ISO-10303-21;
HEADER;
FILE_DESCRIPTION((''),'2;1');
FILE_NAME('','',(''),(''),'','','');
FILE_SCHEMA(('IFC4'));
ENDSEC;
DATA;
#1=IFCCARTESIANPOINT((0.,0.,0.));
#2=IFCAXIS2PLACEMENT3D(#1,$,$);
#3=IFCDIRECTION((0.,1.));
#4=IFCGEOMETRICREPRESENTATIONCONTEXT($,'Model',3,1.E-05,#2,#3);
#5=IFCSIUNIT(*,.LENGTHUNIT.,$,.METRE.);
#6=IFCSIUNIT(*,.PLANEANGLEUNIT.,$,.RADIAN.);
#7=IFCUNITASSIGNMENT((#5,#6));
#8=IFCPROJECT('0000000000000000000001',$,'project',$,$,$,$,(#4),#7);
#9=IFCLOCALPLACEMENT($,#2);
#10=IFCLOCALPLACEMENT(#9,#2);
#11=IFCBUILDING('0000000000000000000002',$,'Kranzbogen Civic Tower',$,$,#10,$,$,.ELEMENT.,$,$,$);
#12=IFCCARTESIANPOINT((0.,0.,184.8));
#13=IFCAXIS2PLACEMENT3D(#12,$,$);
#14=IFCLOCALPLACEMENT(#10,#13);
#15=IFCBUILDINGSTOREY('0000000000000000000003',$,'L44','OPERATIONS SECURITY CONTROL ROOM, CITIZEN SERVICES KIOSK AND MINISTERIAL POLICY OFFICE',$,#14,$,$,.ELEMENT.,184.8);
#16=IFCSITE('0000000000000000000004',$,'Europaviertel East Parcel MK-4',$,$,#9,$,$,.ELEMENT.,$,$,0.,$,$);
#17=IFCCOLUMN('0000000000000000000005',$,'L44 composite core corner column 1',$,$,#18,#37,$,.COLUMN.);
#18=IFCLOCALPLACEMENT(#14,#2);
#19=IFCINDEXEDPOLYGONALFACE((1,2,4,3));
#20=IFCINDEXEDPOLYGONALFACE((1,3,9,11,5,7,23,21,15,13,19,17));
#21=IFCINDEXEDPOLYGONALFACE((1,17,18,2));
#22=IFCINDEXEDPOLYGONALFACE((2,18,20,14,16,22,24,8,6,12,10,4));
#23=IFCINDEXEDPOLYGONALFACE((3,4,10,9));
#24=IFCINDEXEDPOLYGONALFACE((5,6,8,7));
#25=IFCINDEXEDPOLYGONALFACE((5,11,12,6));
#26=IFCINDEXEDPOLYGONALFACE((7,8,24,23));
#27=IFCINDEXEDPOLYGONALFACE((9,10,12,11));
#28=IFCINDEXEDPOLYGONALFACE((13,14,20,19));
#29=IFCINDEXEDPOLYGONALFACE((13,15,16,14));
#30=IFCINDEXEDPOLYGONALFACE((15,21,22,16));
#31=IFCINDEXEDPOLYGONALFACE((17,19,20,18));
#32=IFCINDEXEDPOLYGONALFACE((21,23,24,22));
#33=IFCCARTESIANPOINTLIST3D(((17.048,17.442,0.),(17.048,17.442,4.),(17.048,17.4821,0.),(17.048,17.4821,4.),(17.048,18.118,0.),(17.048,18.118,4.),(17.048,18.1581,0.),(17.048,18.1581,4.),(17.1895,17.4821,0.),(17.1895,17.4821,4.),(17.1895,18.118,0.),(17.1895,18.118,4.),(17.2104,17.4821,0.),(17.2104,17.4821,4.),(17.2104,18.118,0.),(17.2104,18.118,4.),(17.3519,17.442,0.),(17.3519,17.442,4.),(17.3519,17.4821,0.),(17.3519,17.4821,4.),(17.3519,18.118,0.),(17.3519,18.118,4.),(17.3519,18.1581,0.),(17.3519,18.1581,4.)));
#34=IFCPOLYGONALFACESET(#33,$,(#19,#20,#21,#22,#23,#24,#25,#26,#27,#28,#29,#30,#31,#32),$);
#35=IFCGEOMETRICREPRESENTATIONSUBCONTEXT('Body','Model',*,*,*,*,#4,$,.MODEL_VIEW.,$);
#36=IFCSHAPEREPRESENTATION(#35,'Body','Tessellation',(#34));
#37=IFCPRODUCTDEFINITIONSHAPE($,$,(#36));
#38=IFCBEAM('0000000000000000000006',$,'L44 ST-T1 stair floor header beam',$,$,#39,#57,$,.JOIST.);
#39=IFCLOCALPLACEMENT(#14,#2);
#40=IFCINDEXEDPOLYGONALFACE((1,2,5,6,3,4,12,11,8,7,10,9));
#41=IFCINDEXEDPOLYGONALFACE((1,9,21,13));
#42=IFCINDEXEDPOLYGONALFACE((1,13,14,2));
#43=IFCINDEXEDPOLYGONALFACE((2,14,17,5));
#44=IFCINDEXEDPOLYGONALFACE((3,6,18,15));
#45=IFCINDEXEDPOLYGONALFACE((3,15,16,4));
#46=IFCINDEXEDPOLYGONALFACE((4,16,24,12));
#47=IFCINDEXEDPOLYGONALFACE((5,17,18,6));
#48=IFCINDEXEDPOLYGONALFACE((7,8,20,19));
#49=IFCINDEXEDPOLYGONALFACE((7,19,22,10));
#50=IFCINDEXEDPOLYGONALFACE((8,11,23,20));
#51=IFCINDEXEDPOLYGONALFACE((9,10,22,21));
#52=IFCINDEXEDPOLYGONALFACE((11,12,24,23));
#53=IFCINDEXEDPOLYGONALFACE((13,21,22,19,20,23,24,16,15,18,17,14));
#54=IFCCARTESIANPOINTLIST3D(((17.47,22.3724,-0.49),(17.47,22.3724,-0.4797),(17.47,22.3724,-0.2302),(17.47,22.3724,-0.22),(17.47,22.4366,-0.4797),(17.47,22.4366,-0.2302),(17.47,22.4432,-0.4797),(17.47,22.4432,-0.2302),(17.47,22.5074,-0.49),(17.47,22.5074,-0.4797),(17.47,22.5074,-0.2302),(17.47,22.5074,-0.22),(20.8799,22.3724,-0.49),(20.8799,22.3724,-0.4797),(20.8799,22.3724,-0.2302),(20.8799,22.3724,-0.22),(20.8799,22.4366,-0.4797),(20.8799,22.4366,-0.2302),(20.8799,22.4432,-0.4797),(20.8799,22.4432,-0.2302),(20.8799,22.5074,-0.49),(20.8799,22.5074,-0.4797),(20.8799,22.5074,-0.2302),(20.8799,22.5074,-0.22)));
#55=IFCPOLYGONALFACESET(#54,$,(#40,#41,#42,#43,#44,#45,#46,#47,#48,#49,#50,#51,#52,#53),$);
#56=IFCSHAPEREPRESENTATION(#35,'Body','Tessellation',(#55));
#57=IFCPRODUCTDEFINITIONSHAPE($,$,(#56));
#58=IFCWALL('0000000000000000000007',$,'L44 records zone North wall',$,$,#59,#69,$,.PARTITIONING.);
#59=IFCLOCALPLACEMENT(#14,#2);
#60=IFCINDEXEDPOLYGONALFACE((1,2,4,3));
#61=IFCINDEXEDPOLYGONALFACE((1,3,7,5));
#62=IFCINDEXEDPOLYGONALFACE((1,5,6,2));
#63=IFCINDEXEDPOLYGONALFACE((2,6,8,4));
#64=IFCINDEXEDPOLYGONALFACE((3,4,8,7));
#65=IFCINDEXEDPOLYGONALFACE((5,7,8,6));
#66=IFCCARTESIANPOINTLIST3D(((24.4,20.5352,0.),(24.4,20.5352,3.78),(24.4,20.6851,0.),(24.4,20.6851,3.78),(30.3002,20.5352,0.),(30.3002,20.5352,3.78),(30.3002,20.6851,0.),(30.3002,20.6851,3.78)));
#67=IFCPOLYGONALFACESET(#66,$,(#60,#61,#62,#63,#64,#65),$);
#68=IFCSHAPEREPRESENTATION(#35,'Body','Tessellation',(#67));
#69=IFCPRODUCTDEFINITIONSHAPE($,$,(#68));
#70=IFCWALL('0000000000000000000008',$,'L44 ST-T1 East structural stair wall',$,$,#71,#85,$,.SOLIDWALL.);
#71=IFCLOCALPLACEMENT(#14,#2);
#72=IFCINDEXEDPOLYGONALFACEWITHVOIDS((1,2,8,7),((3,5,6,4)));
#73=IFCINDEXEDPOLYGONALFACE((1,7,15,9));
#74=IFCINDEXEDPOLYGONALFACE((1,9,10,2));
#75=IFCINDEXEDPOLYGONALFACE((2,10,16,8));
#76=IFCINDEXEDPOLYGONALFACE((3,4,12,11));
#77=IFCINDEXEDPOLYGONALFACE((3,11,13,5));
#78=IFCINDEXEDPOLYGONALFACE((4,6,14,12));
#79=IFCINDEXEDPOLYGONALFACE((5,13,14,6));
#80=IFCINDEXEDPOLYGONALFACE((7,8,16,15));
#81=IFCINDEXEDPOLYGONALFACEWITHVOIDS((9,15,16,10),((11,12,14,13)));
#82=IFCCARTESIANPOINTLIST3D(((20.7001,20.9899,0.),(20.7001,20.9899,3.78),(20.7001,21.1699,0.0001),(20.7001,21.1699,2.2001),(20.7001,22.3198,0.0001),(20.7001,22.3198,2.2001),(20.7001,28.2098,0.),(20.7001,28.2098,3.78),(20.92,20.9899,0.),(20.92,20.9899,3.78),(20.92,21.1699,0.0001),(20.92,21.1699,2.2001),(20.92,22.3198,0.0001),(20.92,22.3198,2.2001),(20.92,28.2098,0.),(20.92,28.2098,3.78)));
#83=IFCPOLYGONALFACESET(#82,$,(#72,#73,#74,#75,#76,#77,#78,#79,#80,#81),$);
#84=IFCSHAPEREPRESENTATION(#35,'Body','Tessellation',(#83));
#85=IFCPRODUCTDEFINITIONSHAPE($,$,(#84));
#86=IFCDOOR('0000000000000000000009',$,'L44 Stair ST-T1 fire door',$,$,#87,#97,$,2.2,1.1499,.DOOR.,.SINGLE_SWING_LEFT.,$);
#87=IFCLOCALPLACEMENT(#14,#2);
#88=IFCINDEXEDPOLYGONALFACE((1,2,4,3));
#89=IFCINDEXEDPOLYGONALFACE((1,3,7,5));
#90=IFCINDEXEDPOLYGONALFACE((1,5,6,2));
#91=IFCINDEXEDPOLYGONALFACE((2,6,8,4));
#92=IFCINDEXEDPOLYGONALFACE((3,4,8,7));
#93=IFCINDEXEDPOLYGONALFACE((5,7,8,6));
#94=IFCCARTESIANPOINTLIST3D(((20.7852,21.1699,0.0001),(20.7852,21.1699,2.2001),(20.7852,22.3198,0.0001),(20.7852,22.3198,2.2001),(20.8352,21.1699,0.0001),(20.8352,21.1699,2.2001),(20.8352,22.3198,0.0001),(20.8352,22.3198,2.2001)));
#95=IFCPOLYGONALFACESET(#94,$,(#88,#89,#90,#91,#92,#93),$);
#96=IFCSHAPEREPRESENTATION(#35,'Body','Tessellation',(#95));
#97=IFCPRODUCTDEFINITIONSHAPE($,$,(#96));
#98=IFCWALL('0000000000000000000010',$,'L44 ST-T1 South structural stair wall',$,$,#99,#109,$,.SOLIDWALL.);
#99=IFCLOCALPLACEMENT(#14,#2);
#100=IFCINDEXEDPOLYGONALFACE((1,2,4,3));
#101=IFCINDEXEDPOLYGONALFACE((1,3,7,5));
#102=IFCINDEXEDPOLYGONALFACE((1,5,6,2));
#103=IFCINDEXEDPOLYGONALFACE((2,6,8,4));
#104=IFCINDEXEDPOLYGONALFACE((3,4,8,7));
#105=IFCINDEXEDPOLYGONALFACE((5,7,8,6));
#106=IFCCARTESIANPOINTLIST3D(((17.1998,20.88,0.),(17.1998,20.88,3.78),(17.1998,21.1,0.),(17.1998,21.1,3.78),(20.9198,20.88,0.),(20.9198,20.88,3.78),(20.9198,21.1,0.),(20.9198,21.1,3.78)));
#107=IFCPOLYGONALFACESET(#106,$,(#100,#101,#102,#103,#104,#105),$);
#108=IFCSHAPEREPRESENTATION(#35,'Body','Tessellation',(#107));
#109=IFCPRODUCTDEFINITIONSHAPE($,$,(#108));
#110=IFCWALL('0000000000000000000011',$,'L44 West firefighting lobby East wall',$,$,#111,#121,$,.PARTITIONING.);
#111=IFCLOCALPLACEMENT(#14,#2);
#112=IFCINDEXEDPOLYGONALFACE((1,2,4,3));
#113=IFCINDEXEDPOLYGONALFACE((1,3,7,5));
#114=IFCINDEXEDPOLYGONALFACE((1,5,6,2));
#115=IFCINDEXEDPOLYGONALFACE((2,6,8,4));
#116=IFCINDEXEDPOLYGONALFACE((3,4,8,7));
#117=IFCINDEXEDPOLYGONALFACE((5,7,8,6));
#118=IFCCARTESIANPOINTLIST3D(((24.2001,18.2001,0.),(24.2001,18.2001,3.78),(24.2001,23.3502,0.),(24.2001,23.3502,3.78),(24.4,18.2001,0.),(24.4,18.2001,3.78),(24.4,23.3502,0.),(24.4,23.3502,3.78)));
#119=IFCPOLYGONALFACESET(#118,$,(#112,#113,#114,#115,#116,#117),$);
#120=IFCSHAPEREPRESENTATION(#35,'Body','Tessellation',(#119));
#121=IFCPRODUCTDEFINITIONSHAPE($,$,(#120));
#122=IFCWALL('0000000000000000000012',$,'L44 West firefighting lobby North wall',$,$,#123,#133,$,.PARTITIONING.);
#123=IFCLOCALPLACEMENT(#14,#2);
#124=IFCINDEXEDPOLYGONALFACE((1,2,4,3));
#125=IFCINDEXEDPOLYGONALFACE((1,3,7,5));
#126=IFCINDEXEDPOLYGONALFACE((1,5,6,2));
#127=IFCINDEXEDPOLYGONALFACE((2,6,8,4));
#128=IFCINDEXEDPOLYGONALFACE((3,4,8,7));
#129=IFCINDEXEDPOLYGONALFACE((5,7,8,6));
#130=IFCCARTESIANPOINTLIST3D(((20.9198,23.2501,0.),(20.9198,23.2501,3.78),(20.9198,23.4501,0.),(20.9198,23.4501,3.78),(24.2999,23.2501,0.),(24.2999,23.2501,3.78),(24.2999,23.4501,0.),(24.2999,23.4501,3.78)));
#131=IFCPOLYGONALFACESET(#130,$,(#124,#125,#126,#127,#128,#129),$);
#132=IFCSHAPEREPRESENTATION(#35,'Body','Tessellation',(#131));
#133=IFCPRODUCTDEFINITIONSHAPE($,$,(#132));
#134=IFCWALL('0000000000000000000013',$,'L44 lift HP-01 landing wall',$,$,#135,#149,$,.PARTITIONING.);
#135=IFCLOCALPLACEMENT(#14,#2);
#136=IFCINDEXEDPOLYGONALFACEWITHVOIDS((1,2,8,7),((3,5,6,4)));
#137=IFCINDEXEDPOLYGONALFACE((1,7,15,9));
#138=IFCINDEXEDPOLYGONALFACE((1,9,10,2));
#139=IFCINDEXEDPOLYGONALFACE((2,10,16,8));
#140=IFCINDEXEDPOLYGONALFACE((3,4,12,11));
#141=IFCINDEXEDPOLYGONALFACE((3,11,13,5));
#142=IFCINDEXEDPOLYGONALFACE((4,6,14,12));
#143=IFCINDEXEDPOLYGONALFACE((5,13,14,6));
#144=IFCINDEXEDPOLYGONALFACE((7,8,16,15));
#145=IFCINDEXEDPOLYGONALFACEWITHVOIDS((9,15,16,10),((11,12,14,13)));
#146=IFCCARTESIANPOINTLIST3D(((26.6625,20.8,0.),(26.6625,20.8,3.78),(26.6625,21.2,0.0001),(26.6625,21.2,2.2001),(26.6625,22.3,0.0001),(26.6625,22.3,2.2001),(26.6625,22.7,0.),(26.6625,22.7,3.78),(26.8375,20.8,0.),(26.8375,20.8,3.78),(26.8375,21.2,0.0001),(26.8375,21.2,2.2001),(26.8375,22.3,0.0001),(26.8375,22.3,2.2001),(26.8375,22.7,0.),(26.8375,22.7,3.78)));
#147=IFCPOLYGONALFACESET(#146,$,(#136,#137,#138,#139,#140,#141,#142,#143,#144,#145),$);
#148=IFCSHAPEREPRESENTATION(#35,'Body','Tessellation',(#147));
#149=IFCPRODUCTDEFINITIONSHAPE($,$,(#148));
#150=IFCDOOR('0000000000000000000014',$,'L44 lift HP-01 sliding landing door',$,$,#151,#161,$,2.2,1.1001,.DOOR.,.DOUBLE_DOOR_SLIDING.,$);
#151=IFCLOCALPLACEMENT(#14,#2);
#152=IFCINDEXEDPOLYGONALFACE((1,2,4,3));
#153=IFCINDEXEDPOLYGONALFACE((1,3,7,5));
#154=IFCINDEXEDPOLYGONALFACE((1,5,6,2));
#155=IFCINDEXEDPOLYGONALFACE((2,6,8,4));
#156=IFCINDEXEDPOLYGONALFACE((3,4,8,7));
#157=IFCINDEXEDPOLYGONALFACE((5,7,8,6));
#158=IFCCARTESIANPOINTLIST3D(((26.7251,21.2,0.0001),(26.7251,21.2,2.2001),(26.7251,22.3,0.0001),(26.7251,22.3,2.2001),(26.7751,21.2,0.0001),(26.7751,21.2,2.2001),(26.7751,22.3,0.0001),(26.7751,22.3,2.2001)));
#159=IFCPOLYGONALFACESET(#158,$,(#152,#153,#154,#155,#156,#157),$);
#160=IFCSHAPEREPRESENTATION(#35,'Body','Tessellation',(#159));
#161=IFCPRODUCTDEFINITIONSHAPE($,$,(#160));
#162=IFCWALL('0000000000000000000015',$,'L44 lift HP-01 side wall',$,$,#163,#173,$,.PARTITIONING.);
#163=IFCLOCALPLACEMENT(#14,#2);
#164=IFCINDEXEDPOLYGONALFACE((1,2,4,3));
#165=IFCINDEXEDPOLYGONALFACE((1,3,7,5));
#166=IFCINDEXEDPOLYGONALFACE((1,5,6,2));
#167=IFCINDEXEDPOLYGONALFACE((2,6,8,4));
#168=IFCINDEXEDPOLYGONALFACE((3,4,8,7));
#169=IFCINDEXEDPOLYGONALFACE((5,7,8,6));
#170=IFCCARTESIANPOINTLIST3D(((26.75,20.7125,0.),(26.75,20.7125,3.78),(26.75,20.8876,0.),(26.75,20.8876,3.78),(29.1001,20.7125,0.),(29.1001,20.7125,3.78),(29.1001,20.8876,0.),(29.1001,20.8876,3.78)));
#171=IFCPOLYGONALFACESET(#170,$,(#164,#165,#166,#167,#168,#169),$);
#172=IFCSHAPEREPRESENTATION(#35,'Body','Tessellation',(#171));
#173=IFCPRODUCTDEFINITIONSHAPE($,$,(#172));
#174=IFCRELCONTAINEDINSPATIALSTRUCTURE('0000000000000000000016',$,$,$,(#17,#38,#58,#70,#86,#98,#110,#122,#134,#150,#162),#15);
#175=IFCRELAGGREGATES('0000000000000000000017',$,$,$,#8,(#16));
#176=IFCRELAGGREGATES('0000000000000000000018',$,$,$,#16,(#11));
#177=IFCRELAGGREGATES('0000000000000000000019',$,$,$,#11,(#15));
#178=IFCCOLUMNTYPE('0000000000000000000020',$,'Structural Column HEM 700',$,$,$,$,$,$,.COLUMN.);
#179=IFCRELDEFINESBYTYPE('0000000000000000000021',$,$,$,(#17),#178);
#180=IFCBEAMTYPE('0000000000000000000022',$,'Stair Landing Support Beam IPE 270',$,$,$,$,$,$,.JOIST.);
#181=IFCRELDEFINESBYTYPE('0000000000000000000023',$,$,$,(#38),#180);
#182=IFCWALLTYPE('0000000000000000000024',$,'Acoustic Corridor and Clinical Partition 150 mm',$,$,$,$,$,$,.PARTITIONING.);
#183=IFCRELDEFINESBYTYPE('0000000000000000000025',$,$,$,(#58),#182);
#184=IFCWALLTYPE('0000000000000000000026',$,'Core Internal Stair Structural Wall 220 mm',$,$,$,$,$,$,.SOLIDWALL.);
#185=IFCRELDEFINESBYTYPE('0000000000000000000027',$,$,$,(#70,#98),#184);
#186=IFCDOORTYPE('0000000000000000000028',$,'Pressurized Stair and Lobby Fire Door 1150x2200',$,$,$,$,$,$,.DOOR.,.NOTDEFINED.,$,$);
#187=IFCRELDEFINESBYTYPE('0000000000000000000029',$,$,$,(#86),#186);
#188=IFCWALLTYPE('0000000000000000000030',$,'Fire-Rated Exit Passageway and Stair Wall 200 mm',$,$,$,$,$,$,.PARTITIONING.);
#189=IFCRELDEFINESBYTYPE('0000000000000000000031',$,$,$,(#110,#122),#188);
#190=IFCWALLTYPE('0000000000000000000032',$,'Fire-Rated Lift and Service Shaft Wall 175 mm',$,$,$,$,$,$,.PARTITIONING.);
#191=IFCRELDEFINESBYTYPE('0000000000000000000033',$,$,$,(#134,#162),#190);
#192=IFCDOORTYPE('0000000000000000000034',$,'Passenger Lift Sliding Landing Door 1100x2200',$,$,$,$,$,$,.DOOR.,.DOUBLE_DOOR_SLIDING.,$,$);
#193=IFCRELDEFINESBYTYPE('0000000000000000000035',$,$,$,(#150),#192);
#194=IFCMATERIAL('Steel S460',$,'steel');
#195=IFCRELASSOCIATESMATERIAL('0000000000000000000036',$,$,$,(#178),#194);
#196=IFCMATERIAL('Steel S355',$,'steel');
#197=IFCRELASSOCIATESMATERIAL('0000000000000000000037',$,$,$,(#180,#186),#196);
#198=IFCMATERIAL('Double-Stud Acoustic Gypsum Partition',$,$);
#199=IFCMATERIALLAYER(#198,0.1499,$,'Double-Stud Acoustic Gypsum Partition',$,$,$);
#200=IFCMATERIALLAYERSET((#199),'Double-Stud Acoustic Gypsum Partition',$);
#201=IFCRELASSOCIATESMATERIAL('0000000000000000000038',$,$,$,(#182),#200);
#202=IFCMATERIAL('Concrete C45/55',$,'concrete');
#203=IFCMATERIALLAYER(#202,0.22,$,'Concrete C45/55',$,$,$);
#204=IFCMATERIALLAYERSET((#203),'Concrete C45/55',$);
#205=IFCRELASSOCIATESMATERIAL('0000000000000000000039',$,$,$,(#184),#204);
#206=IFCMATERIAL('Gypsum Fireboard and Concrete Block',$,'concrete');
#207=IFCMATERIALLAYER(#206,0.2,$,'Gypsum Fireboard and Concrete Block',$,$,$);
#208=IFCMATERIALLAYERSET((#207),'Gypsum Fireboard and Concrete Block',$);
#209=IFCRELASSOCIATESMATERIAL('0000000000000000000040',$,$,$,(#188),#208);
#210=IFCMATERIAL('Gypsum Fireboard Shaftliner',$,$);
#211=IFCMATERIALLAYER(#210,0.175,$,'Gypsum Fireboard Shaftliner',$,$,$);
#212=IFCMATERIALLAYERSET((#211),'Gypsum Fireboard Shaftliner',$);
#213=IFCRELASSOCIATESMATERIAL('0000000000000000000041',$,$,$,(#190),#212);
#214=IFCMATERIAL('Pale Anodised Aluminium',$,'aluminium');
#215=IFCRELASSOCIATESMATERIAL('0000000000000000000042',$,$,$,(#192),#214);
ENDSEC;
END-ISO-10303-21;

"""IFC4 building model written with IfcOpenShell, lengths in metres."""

from ifc_helpers import new_model, si_unit, direction, frame, frame_2d, origin, origin_2d, place, context, subcontext, project, spatial, rectangle, i_section, extrude, material, layer, layer_set, material_profile, profile_set, type_object, element, fill, save


model = new_model("IFC4")

# Units and contexts
model_context = context("Model", 3, precision=1e-05, world=origin(), true_north=direction((0.0, 1.0)))
body_context = subcontext(model_context, "Body", "Model", "MODEL_VIEW")
ifc_project = project(units=[si_unit("LENGTHUNIT", "METRE"), si_unit("PLANEANGLEUNIT", "RADIAN")], contexts=[model_context])

# Site, building, storey
site_placement = place(None, origin())
site = spatial("IfcSite", under=ifc_project, at=site_placement, Name="Europaviertel East Parcel MK-4", CompositionType="ELEMENT", RefElevation=0.0)
building_placement = place(site_placement, origin())
building = spatial("IfcBuilding", under=site, at=building_placement, Name="Kranzbogen Civic Tower", CompositionType="ELEMENT")
storey_placement = place(building_placement, frame((0.0, 0.0, 184.8)))
storey = spatial("IfcBuildingStorey", under=building, at=storey_placement, Name="L44", Description="OPERATIONS SECURITY CONTROL ROOM, CITIZEN SERVICES KIOSK AND MINISTERIAL POLICY OFFICE", CompositionType="ELEMENT", Elevation=184.8)

# Column
ifc_material_1 = material(Name="Steel S460", Category="steel")
ifc_material_profile_1 = material_profile(ifc_material_1, i_section(OverallWidth=0.304, OverallDepth=0.7161, WebThickness=0.021, FlangeThickness=0.04, at=origin_2d()), Name="HEM 700")
ifc_profile_set_1 = profile_set([ifc_material_profile_1], Name="Steel S460")
column_type = type_object("IfcColumnType", Name="Structural Column HEM 700", PredefinedType="COLUMN", material=ifc_profile_set_1)
column_placement = place(storey_placement, frame((17.2, 17.8, 0.0), z_axis=(0.0, 0.0, 1.0), x_axis=(1.0, 0.0, 0.0)))
element("IfcColumn", 1, at=column_placement, inside=storey, type_object=column_type, Name="L44 composite core corner column 1", PredefinedType="COLUMN", context=body_context, shape_type="SweptSolid", body=[
    extrude(i_section(OverallWidth=0.304, OverallDepth=0.7161, WebThickness=0.021, FlangeThickness=0.04, at=origin_2d()), origin(), (0.0, 0.0, 1.0), 4.0),
])

# Beam
ifc_material_2 = material(Name="Steel S355", Category="steel")
ifc_material_profile_2 = material_profile(ifc_material_2, i_section(OverallWidth=0.135, OverallDepth=0.27, WebThickness=0.0066, FlangeThickness=0.0103, at=origin_2d()), Name="IPE 270")
ifc_profile_set_2 = profile_set([ifc_material_profile_2], Name="Steel S355")
beam_type = type_object("IfcBeamType", Name="Stair Landing Support Beam IPE 270", PredefinedType="JOIST", material=ifc_profile_set_2)
beam_placement = place(storey_placement, frame((20.8799, 22.4399, -0.355), z_axis=(-1.0, 0.0, 0.0), x_axis=(0.0, -1.0, 0.0)))
element("IfcBeam", 2, at=beam_placement, inside=storey, type_object=beam_type, Name="L44 ST-T1 stair floor header beam", PredefinedType="JOIST", context=body_context, shape_type="SweptSolid", body=[
    extrude(i_section(OverallWidth=0.135, OverallDepth=0.27, WebThickness=0.0066, FlangeThickness=0.0103, at=origin_2d()), origin(), (0.0, 0.0, 1.0), 3.4099),
])

# Wall
ifc_material_3 = material(Name="Double-Stud Acoustic Gypsum Partition")
ifc_layer_1 = layer(ifc_material_3, 0.1499, Name="Double-Stud Acoustic Gypsum Partition")
ifc_layer_set_1 = layer_set([ifc_layer_1], Name="Double-Stud Acoustic Gypsum Partition")
wall_type_1 = type_object("IfcWallType", Name="Acoustic Corridor and Clinical Partition 150 mm", PredefinedType="PARTITIONING", material=ifc_layer_set_1)
wall_1_placement = place(storey_placement, frame((24.3999, 20.6101, 0.0), z_axis=(0.0, 0.0, 1.0), x_axis=(1.0, 0.0, 0.0)))
element("IfcWall", 3, at=wall_1_placement, inside=storey, type_object=wall_type_1, Name="L44 records zone North wall", PredefinedType="PARTITIONING", context=body_context, shape_type="SweptSolid", body=[
    extrude(rectangle(XDim=5.9001, YDim=0.1499, at=frame_2d((2.9502, 0.0))), origin(), (0.0, 0.0, 1.0), 3.78),
])

# Wall, opening, door
ifc_material_4 = material(Name="Concrete C45/55", Category="concrete")
ifc_layer_2 = layer(ifc_material_4, 0.22, Name="Concrete C45/55")
ifc_layer_set_2 = layer_set([ifc_layer_2], Name="Concrete C45/55")
wall_type_2 = type_object("IfcWallType", Name="Core Internal Stair Structural Wall 220 mm", PredefinedType="SOLIDWALL", material=ifc_layer_set_2)
wall_2_placement = place(storey_placement, frame((20.8101, 20.99, 0.0), z_axis=(0.0, 0.0, 1.0), x_axis=(0.0, 1.0, 0.0)))
wall_2 = element("IfcWall", 4, at=wall_2_placement, inside=storey, type_object=wall_type_2, Name="L44 ST-T1 East structural stair wall", PredefinedType="SOLIDWALL", context=body_context, shape_type="SweptSolid", body=[
    extrude(rectangle(XDim=7.22, YDim=0.22, at=frame_2d((3.6099, 0.0))), origin(), (0.0, 0.0, 1.0), 3.78),
])
opening_1_placement = place(wall_2_placement, frame((0.1799, 0.0, 0.0)))
opening_1 = element("IfcOpeningElement", 5, at=opening_1_placement, cuts=wall_2, PredefinedType="OPENING", context=body_context, shape_type="SweptSolid", body=[
    extrude(rectangle(XDim=1.1499, YDim=2.2, at=frame_2d((0.575, 1.1001))), frame((0.0, 0.1201, 0.0), z_axis=(0.0, -1.0, 0.0), x_axis=(1.0, 0.0, 0.0)), (0.0, 0.0, 1.0), 0.24),
])
door_type_1 = type_object("IfcDoorType", Name="Pressurized Stair and Lobby Fire Door 1150x2200", OperationType="NOTDEFINED", PredefinedType="DOOR", material=ifc_material_2)
door_1_placement = place(opening_1_placement, origin())
door_1 = element("IfcDoor", 6, at=door_1_placement, inside=storey, type_object=door_type_1, Name="L44 Stair ST-T1 fire door", OperationType="SINGLE_SWING_LEFT", OverallHeight=2.2, OverallWidth=1.1499, PredefinedType="DOOR", context=body_context, shape_type="SweptSolid", body=[
    extrude(rectangle(XDim=1.1499, YDim=2.2, at=frame_2d((0.575, 1.1001))), frame((0.0, 0.0249, 0.0), z_axis=(0.0, -1.0, 0.0), x_axis=(1.0, 0.0, 0.0)), (0.0, 0.0, 1.0), 0.05),
])
fill(opening_1, door_1)

# Walls
wall_3_placement = place(storey_placement, frame((17.2, 20.99, 0.0), z_axis=(0.0, 0.0, 1.0), x_axis=(1.0, 0.0, 0.0)))
element("IfcWall", 7, at=wall_3_placement, inside=storey, type_object=wall_type_2, Name="L44 ST-T1 South structural stair wall", PredefinedType="SOLIDWALL", context=body_context, shape_type="SweptSolid", body=[
    extrude(rectangle(XDim=3.72, YDim=0.22, at=frame_2d((1.8599, 0.0))), origin(), (0.0, 0.0, 1.0), 3.78),
])
ifc_material_5 = material(Name="Gypsum Fireboard and Concrete Block", Category="concrete")
ifc_layer_3 = layer(ifc_material_5, 0.2, Name="Gypsum Fireboard and Concrete Block")
ifc_layer_set_3 = layer_set([ifc_layer_3], Name="Gypsum Fireboard and Concrete Block")
wall_type_3 = type_object("IfcWallType", Name="Fire-Rated Exit Passageway and Stair Wall 200 mm", PredefinedType="PARTITIONING", material=ifc_layer_set_3)
wall_4_placement = place(storey_placement, frame((24.3, 18.2, 0.0), z_axis=(0.0, 0.0, 1.0), x_axis=(0.0, 1.0, 0.0)))
element("IfcWall", 8, at=wall_4_placement, inside=storey, type_object=wall_type_3, Name="L44 West firefighting lobby East wall", PredefinedType="PARTITIONING", context=body_context, shape_type="SweptSolid", body=[
    extrude(rectangle(XDim=5.1501, YDim=0.2, at=frame_2d((2.5752, 0.0))), origin(), (0.0, 0.0, 1.0), 3.78),
])
wall_5_placement = place(storey_placement, frame((20.9199, 23.3501, 0.0), z_axis=(0.0, 0.0, 1.0), x_axis=(1.0, 0.0, 0.0)))
element("IfcWall", 9, at=wall_5_placement, inside=storey, type_object=wall_type_3, Name="L44 West firefighting lobby North wall", PredefinedType="PARTITIONING", context=body_context, shape_type="SweptSolid", body=[
    extrude(rectangle(XDim=3.3801, YDim=0.2, at=frame_2d((1.6899, 0.0))), origin(), (0.0, 0.0, 1.0), 3.78),
])

# Wall, opening, door
ifc_material_6 = material(Name="Gypsum Fireboard Shaftliner")
ifc_layer_4 = layer(ifc_material_6, 0.175, Name="Gypsum Fireboard Shaftliner")
ifc_layer_set_4 = layer_set([ifc_layer_4], Name="Gypsum Fireboard Shaftliner")
wall_type_4 = type_object("IfcWallType", Name="Fire-Rated Lift and Service Shaft Wall 175 mm", PredefinedType="PARTITIONING", material=ifc_layer_set_4)
wall_6_placement = place(storey_placement, frame((26.75, 20.8, 0.0), z_axis=(0.0, 0.0, 1.0), x_axis=(0.0, 1.0, 0.0)))
wall_6 = element("IfcWall", 10, at=wall_6_placement, inside=storey, type_object=wall_type_4, Name="L44 lift HP-01 landing wall", PredefinedType="PARTITIONING", context=body_context, shape_type="SweptSolid", body=[
    extrude(rectangle(XDim=1.8999, YDim=0.175, at=frame_2d((0.95, 0.0))), origin(), (0.0, 0.0, 1.0), 3.78),
])
opening_2_placement = place(wall_6_placement, frame((0.3999, 0.0, 0.0)))
opening_2 = element("IfcOpeningElement", 11, at=opening_2_placement, cuts=wall_6, PredefinedType="OPENING", context=body_context, shape_type="SweptSolid", body=[
    extrude(rectangle(XDim=1.1001, YDim=2.2, at=frame_2d((0.55, 1.1001))), frame((0.0, 0.0977, 0.0), z_axis=(0.0, -1.0, 0.0), x_axis=(1.0, 0.0, 0.0)), (0.0, 0.0, 1.0), 0.1951),
])
ifc_material_7 = material(Name="Pale Anodised Aluminium", Category="aluminium")
door_type_2 = type_object("IfcDoorType", Name="Passenger Lift Sliding Landing Door 1100x2200", OperationType="DOUBLE_DOOR_SLIDING", PredefinedType="DOOR", material=ifc_material_7)
door_2_placement = place(opening_2_placement, origin())
door_2 = element("IfcDoor", 12, at=door_2_placement, inside=storey, type_object=door_type_2, Name="L44 lift HP-01 sliding landing door", OperationType="DOUBLE_DOOR_SLIDING", OverallHeight=2.2, OverallWidth=1.1001, PredefinedType="DOOR", context=body_context, shape_type="SweptSolid", body=[
    extrude(rectangle(XDim=1.1001, YDim=2.2, at=frame_2d((0.55, 1.1001))), frame((0.0, 0.0249, 0.0), z_axis=(0.0, -1.0, 0.0), x_axis=(1.0, 0.0, 0.0)), (0.0, 0.0, 1.0), 0.05),
])
fill(opening_2, door_2)

# Wall
wall_7_placement = place(storey_placement, frame((26.75, 20.8, 0.0), z_axis=(0.0, 0.0, 1.0), x_axis=(1.0, 0.0, 0.0)))
element("IfcWall", 13, at=wall_7_placement, inside=storey, type_object=wall_type_4, Name="L44 lift HP-01 side wall", PredefinedType="PARTITIONING", context=body_context, shape_type="SweptSolid", body=[
    extrude(rectangle(XDim=2.3501, YDim=0.175, at=frame_2d((1.175, 0.0))), origin(), (0.0, 0.0, 1.0), 3.78),
])

save(model, "model.ifc")
